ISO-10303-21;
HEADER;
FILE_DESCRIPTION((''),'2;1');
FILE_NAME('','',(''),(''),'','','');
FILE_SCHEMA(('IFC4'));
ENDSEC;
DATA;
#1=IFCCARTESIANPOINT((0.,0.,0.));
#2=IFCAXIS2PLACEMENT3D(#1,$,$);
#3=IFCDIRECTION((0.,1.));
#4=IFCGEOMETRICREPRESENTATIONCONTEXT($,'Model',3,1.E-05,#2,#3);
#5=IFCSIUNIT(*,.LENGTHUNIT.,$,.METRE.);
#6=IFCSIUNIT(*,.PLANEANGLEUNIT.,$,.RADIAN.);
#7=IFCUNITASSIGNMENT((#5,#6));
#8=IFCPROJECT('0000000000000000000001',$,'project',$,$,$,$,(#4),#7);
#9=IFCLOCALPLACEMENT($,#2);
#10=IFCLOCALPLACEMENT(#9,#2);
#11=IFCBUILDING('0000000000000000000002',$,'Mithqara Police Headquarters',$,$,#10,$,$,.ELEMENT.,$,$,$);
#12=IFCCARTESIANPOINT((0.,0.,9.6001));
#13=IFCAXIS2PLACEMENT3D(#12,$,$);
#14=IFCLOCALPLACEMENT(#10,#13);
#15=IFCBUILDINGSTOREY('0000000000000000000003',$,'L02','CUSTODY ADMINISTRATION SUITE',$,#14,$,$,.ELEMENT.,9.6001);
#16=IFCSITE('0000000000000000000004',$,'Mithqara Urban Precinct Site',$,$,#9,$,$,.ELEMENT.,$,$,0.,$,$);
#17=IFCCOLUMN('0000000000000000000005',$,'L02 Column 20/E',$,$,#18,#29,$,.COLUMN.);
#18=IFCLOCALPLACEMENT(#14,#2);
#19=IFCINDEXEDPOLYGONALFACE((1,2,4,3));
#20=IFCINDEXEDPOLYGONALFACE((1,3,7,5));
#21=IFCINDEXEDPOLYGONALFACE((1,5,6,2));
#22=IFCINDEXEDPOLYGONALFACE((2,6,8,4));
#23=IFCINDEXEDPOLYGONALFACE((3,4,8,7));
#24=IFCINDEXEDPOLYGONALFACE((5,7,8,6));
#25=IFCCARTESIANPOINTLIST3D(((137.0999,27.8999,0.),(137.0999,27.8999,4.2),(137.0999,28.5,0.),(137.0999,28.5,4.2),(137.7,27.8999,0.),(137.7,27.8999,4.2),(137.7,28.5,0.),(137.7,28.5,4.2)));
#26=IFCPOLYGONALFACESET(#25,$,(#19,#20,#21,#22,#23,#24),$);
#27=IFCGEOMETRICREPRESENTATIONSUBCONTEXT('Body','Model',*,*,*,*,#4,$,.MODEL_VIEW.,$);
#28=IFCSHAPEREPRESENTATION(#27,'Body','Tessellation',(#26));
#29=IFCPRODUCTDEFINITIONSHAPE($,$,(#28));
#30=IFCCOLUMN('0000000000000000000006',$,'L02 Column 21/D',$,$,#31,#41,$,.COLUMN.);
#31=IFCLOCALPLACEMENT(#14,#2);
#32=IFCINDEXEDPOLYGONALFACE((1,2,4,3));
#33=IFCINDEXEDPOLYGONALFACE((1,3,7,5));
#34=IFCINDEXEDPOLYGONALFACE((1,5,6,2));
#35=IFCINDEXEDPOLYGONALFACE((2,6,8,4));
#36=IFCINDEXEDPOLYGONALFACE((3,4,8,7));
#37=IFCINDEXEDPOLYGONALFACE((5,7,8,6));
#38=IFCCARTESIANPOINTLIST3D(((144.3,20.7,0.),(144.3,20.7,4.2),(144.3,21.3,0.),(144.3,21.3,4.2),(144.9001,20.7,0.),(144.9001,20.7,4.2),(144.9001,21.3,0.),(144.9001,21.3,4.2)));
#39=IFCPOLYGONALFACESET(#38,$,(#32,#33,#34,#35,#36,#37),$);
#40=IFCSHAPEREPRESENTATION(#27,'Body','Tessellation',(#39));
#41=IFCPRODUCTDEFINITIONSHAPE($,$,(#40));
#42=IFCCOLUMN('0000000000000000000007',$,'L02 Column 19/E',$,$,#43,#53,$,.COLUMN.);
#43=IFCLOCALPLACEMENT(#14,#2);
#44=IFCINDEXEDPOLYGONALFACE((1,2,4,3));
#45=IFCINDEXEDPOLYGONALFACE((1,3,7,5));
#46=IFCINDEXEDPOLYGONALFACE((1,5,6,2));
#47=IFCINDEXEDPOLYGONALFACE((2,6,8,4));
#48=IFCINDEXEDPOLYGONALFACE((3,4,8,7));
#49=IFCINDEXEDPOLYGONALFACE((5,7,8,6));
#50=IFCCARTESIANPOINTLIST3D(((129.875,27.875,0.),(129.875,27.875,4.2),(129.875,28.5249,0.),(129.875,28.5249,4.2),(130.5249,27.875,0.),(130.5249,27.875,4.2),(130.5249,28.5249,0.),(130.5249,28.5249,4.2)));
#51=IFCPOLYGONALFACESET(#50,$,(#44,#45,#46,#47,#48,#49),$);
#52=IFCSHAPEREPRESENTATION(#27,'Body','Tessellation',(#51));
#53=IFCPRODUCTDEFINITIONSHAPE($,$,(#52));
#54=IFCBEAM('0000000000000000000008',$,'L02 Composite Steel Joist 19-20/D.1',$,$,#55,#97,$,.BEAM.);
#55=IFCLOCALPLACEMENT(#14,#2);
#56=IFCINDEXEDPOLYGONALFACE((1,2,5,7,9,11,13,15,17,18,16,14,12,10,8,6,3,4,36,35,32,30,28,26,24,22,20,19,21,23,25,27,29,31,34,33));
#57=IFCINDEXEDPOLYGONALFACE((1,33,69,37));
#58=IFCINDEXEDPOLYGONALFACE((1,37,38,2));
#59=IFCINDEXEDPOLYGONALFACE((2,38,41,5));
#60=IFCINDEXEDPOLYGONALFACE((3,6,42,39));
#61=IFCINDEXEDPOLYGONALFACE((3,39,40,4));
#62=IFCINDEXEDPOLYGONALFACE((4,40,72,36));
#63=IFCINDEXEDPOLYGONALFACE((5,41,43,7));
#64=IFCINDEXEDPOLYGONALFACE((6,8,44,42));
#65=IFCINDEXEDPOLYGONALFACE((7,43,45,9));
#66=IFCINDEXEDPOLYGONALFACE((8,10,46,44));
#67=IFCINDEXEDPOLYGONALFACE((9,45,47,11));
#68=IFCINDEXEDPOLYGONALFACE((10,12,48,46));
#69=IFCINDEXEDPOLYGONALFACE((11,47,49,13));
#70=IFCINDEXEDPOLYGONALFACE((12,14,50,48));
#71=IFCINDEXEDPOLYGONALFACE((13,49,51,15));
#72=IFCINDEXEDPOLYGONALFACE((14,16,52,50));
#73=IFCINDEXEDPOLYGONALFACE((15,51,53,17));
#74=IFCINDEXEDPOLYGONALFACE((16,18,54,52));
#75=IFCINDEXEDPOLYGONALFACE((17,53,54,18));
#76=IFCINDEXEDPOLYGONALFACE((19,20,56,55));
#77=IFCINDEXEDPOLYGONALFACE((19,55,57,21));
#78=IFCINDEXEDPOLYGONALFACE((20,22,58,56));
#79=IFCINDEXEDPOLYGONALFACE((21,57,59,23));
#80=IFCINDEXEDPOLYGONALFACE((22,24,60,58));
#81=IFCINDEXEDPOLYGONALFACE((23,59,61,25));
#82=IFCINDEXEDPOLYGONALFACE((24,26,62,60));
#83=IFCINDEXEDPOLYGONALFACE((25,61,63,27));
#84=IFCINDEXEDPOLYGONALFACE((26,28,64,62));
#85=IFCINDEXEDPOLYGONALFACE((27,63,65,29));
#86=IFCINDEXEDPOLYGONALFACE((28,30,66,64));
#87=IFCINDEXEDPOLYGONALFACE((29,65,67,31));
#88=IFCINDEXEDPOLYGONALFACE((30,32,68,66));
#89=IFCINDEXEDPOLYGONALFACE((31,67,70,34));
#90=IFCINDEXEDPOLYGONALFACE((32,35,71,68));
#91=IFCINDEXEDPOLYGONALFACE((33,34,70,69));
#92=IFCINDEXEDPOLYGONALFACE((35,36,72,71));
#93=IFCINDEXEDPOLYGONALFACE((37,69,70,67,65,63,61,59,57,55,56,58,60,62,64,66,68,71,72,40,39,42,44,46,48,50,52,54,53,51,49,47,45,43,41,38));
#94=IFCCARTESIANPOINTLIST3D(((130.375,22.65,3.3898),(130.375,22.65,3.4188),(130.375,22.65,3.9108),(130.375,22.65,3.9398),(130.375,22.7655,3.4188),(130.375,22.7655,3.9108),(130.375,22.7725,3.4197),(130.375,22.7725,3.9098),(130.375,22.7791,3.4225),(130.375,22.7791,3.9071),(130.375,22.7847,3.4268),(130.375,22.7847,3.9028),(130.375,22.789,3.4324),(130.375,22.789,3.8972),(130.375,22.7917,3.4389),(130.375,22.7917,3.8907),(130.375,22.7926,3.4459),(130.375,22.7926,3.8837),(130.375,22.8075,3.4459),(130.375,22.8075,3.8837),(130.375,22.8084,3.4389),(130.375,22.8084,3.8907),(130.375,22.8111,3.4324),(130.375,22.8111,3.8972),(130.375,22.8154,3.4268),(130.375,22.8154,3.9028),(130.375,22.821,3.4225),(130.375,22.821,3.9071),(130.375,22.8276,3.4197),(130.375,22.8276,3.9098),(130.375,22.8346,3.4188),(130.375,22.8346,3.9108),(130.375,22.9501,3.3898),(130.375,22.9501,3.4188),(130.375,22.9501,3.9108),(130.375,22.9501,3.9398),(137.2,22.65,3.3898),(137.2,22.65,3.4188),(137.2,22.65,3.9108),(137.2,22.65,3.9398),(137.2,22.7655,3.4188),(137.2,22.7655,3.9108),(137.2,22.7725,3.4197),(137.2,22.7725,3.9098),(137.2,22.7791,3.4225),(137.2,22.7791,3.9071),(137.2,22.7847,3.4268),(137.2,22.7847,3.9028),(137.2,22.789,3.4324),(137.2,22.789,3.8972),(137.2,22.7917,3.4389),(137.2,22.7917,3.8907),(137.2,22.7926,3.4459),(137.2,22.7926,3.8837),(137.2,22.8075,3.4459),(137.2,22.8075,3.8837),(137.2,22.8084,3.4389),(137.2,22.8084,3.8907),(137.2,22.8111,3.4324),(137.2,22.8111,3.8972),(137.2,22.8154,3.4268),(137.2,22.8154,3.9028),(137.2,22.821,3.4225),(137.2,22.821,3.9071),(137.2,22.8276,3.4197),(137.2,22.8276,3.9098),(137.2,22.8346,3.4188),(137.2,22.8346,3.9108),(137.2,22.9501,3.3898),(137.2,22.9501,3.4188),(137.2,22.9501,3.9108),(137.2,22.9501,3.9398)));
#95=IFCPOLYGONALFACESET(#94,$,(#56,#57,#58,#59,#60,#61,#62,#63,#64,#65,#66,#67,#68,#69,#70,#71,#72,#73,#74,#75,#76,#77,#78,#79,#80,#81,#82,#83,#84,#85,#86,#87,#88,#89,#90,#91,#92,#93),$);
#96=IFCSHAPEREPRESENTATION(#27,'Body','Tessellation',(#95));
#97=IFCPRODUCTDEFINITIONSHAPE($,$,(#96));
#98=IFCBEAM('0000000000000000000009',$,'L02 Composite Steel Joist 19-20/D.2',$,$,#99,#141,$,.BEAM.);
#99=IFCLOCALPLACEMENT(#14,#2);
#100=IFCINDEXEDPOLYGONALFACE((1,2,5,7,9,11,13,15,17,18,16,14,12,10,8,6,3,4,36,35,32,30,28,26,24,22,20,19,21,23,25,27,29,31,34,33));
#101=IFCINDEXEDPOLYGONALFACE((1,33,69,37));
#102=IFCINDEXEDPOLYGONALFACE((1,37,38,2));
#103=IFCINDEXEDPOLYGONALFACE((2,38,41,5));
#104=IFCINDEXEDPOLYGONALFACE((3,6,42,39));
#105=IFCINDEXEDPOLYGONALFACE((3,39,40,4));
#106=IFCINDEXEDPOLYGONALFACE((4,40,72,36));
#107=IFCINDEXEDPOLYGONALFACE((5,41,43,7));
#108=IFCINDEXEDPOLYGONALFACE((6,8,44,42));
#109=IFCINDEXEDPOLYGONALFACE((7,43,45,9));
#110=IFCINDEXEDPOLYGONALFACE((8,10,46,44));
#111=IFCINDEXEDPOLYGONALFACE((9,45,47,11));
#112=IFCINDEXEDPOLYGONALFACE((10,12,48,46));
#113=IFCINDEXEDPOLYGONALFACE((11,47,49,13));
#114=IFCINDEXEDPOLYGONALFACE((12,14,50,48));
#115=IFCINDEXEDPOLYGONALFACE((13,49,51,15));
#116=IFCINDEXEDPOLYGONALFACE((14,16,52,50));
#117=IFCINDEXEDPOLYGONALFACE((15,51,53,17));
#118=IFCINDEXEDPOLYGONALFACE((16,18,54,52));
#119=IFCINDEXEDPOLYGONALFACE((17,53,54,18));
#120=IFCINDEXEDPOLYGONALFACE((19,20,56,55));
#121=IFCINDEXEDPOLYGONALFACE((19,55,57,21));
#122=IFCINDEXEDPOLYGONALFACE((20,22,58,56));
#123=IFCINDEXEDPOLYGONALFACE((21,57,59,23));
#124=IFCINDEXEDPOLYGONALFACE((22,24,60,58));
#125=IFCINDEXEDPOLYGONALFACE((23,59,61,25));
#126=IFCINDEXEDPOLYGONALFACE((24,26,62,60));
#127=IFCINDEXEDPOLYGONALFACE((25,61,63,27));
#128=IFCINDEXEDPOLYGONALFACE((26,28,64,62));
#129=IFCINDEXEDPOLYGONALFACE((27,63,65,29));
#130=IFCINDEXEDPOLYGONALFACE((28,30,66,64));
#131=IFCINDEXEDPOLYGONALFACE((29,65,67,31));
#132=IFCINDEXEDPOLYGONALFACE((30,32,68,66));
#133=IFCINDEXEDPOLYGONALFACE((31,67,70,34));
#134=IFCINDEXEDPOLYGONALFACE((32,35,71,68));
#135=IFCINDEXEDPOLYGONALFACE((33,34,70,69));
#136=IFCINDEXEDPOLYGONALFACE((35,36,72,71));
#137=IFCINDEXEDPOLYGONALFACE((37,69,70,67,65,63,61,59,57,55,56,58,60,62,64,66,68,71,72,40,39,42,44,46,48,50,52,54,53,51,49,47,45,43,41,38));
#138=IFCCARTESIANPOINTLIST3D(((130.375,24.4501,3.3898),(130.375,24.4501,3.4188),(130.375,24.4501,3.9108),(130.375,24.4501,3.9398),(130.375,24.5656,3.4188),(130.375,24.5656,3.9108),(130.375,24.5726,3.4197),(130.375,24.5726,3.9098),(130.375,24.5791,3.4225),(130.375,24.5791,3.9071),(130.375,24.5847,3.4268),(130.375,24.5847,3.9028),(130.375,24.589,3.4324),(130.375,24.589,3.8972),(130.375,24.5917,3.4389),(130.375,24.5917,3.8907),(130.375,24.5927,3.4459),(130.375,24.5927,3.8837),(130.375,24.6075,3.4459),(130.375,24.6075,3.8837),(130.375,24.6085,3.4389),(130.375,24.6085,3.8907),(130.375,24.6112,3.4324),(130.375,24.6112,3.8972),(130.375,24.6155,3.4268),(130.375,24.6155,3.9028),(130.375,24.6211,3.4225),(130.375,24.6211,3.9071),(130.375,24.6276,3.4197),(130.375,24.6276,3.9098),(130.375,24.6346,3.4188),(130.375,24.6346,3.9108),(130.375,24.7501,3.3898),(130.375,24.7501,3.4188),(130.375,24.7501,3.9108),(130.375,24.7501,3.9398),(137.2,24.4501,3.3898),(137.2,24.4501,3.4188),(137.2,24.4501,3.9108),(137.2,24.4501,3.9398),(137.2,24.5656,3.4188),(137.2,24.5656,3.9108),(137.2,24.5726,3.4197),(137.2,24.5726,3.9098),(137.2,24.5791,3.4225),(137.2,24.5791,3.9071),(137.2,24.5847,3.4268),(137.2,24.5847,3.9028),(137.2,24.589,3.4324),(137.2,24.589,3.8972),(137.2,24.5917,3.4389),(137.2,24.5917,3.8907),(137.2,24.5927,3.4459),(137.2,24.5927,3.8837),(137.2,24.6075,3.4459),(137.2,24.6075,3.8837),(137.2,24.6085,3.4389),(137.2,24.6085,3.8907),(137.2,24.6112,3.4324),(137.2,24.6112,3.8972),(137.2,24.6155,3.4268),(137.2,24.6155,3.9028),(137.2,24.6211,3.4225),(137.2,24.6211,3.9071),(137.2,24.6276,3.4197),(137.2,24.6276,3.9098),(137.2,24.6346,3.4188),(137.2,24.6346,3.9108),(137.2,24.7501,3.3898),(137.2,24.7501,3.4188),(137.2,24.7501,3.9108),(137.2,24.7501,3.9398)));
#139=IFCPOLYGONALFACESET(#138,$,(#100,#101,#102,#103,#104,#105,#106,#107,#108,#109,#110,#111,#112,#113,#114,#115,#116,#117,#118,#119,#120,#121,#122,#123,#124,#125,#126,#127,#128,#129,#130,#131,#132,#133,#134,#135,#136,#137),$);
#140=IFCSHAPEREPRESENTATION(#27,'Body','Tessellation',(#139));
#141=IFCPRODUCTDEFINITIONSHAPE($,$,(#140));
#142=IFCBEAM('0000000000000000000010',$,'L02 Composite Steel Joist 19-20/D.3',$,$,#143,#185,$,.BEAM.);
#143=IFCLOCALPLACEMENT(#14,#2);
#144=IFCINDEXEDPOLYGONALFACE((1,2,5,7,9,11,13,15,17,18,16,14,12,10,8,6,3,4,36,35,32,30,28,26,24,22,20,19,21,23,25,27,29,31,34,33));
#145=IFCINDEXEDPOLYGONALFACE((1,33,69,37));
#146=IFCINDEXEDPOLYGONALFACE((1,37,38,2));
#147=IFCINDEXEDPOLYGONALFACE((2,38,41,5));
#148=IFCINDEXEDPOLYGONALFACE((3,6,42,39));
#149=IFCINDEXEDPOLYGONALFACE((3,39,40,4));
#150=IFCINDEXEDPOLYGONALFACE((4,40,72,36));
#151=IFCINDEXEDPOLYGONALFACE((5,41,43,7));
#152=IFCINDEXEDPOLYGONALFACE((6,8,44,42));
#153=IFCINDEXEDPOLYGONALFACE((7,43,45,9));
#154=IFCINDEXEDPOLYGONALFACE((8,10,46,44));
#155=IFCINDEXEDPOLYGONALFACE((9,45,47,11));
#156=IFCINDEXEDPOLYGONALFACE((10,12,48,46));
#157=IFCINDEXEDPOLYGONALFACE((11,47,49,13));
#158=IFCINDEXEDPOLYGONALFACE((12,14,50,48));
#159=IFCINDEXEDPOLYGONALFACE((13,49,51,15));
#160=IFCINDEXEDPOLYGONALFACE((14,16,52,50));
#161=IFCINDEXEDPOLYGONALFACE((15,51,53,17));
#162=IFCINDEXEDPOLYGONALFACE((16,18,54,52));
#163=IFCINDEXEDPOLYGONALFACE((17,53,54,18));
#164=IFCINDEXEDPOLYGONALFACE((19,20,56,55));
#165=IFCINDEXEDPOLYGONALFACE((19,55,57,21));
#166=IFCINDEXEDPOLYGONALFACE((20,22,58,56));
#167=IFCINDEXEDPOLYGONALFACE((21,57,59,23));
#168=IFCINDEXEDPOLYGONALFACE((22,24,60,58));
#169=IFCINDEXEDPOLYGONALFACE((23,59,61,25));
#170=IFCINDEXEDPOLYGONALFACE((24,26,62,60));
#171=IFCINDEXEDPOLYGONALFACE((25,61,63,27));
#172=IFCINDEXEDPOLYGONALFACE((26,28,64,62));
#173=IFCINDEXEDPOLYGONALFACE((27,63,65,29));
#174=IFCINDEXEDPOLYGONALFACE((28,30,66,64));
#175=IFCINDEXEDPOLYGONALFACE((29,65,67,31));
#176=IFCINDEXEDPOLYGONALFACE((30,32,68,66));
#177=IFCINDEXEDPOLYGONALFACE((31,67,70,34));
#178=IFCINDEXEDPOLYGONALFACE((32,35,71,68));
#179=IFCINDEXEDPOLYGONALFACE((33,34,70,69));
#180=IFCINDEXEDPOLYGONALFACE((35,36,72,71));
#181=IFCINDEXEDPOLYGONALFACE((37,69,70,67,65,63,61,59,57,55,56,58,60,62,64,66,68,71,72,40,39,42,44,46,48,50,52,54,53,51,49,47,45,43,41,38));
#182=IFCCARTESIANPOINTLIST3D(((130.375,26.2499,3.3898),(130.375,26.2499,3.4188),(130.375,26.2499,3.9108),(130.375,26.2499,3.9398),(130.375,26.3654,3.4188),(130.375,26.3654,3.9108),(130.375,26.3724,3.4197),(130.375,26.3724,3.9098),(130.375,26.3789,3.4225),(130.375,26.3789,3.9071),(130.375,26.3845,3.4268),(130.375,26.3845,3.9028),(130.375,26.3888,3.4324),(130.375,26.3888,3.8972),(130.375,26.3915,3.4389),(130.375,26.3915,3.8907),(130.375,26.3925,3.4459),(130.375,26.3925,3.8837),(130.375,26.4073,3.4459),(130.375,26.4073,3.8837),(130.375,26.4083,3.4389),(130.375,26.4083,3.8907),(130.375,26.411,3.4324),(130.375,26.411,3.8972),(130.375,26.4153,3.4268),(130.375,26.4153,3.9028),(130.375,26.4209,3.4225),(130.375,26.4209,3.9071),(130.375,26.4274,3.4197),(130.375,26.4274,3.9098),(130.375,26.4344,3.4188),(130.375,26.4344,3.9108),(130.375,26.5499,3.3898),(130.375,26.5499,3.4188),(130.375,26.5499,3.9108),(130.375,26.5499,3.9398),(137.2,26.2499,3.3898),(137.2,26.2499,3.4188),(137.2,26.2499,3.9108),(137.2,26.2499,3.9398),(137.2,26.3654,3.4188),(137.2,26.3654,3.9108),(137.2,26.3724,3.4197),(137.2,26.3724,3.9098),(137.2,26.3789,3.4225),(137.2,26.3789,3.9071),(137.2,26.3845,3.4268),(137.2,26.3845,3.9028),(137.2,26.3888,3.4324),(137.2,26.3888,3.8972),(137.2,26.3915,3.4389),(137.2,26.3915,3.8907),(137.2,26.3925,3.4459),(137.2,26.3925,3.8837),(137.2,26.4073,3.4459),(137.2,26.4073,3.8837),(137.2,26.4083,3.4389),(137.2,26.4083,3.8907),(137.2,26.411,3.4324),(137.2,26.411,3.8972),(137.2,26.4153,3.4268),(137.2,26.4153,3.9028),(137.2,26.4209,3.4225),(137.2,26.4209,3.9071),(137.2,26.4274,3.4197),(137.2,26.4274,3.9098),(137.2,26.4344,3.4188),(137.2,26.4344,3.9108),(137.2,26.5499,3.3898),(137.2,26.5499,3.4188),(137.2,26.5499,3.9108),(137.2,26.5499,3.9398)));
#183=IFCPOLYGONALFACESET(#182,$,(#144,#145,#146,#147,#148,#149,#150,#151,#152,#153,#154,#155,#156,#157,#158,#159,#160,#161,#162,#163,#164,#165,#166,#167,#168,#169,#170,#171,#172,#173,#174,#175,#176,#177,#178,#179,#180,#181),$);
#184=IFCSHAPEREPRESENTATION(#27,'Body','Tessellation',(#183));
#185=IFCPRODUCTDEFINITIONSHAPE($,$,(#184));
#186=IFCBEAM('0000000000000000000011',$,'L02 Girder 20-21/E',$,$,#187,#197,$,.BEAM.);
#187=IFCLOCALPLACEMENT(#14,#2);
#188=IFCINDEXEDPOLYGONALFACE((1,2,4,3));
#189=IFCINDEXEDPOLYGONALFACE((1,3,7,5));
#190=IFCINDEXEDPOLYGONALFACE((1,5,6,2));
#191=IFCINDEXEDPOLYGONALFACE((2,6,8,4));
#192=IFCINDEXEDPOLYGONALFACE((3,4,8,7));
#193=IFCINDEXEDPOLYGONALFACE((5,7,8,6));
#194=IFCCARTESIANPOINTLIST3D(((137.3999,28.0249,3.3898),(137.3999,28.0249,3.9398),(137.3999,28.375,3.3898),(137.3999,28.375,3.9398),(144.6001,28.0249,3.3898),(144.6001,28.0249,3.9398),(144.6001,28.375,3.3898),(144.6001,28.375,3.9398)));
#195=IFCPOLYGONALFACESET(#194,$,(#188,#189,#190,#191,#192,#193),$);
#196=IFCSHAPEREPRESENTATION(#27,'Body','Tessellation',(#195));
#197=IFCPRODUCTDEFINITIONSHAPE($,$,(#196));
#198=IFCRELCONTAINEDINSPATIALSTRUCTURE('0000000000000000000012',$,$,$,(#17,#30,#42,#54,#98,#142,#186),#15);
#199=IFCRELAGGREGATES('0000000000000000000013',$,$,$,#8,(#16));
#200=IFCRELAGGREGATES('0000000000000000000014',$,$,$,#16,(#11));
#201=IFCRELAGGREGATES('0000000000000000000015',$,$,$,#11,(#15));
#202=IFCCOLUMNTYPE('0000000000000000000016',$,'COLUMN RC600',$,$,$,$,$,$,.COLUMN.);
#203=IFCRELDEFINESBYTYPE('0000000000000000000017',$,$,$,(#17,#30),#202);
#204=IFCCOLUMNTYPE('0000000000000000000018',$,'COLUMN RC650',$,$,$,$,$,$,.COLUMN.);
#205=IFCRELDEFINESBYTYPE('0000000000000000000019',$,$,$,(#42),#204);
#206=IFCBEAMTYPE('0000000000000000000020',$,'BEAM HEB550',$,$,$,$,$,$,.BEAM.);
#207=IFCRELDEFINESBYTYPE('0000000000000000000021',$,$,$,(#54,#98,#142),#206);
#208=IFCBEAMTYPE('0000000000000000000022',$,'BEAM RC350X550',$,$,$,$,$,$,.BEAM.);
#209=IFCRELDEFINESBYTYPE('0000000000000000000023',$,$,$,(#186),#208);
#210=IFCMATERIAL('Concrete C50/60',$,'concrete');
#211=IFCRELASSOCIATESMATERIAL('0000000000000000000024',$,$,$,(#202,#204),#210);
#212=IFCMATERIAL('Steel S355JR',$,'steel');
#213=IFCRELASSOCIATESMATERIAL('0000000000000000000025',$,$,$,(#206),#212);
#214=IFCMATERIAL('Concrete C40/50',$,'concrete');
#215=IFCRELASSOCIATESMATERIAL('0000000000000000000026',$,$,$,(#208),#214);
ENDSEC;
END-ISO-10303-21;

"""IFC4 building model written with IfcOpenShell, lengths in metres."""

from ifc_helpers import new_model, si_unit, direction, frame, origin, origin_2d, place, context, subcontext, project, spatial, rectangle, i_section, extrude, material, material_profile, profile_set, type_object, element, save


model = new_model("IFC4")

# Units and contexts
model_context = context("Model", 3, precision=1e-05, world=origin(), true_north=direction((0.0, 1.0)))
body_context = subcontext(model_context, "Body", "Model", "MODEL_VIEW")
ifc_project = project(units=[si_unit("LENGTHUNIT", "METRE"), si_unit("PLANEANGLEUNIT", "RADIAN")], contexts=[model_context])

# Site, building, storey
site_placement = place(None, origin())
site = spatial("IfcSite", under=ifc_project, at=site_placement, Name="Mithqara Urban Precinct Site", CompositionType="ELEMENT", RefElevation=0.0)
building_placement = place(site_placement, origin())
building = spatial("IfcBuilding", under=site, at=building_placement, Name="Mithqara Police Headquarters", CompositionType="ELEMENT")
storey_placement = place(building_placement, frame((0.0, 0.0, 9.6001)))
storey = spatial("IfcBuildingStorey", under=building, at=storey_placement, Name="L02", Description="CUSTODY ADMINISTRATION SUITE", CompositionType="ELEMENT", Elevation=9.6001)

# Columns
ifc_material_1 = material(Name="Concrete C50/60", Category="concrete")
ifc_material_profile_1 = material_profile(ifc_material_1, rectangle(XDim=0.6001, YDim=0.6001, at=origin_2d()), Name="RC 600x600")
ifc_profile_set_1 = profile_set([ifc_material_profile_1], Name="Concrete C50/60")
column_type_1 = type_object("IfcColumnType", Name="COLUMN RC600", PredefinedType="COLUMN", material=ifc_profile_set_1)
for number, where, z_axis, x_axis, name in (
    (1, (137.3999, 28.2, 0.0), (0.0, 0.0, 1.0), (1.0, 0.0, 0.0), "L02 Column 20/E"),
    (2, (144.6001, 21.0, 0.0), (0.0, 0.0, 1.0), (1.0, 0.0, 0.0), "L02 Column 21/D"),
):
    element("IfcColumn", number, at=place(storey_placement, frame(where, z_axis=z_axis, x_axis=x_axis)), inside=storey, type_object=column_type_1, Name=name, PredefinedType="COLUMN", context=body_context, shape_type="SweptSolid", body=[
        extrude(rectangle(XDim=0.6001, YDim=0.6001, at=origin_2d()), origin(), (0.0, 0.0, 1.0), 4.2),
    ])
ifc_material_profile_2 = material_profile(ifc_material_1, rectangle(XDim=0.6499, YDim=0.6499, at=origin_2d()), Name="RC 650x650")
ifc_profile_set_2 = profile_set([ifc_material_profile_2], Name="Concrete C50/60")
column_type_2 = type_object("IfcColumnType", Name="COLUMN RC650", PredefinedType="COLUMN", material=ifc_profile_set_2)
column_placement = place(storey_placement, frame((130.2, 28.2, 0.0), z_axis=(0.0, 0.0, 1.0), x_axis=(1.0, 0.0, 0.0)))
element("IfcColumn", 3, at=column_placement, inside=storey, type_object=column_type_2, Name="L02 Column 19/E", PredefinedType="COLUMN", context=body_context, shape_type="SweptSolid", body=[
    extrude(rectangle(XDim=0.6499, YDim=0.6499, at=origin_2d()), origin(), (0.0, 0.0, 1.0), 4.2),
])

# Beams
ifc_material_2 = material(Name="Steel S355JR", Category="steel")
ifc_material_profile_3 = material_profile(ifc_material_2, i_section(OverallWidth=0.3, OverallDepth=0.55, WebThickness=0.0149, FlangeThickness=0.0291, FilletRadius=0.0271, at=origin_2d()), Name="HEB 550")
ifc_profile_set_3 = profile_set([ifc_material_profile_3], Name="Steel S355JR")
beam_type_1 = type_object("IfcBeamType", Name="BEAM HEB550", PredefinedType="BEAM", material=ifc_profile_set_3)
for number, where, z_axis, x_axis, name in (
    (4, (130.375, 22.8, 3.6648), (1.0, 0.0, 0.0), (0.0, 1.0, 0.0), "L02 Composite Steel Joist 19-20/D.1"),
    (5, (130.375, 24.6001, 3.6648), (1.0, 0.0, 0.0), (0.0, 1.0, 0.0), "L02 Composite Steel Joist 19-20/D.2"),
    (6, (130.375, 26.3999, 3.6648), (1.0, 0.0, 0.0), (0.0, 1.0, 0.0), "L02 Composite Steel Joist 19-20/D.3"),
):
    element("IfcBeam", number, at=place(storey_placement, frame(where, z_axis=z_axis, x_axis=x_axis)), inside=storey, type_object=beam_type_1, Name=name, PredefinedType="BEAM", context=body_context, shape_type="SweptSolid", body=[
        extrude(i_section(OverallWidth=0.3, OverallDepth=0.55, WebThickness=0.0149, FlangeThickness=0.0291, FilletRadius=0.0271, at=origin_2d()), origin(), (0.0, 0.0, 1.0), 6.825),
    ])
ifc_material_3 = material(Name="Concrete C40/50", Category="concrete")
ifc_material_profile_4 = material_profile(ifc_material_3, rectangle(XDim=0.3501, YDim=0.55, at=origin_2d()), Name="RC 350x550")
ifc_profile_set_4 = profile_set([ifc_material_profile_4], Name="Concrete C40/50")
beam_type_2 = type_object("IfcBeamType", Name="BEAM RC350X550", PredefinedType="BEAM", material=ifc_profile_set_4)
beam_1_placement = place(storey_placement, frame((137.3999, 28.2, 3.6648), z_axis=(1.0, 0.0, 0.0), x_axis=(0.0, 1.0, 0.0)))
element("IfcBeam", 7, at=beam_1_placement, inside=storey, type_object=beam_type_2, Name="L02 Girder 20-21/E", PredefinedType="BEAM", context=body_context, shape_type="SweptSolid", body=[
    extrude(rectangle(XDim=0.3501, YDim=0.55, at=origin_2d()), origin(), (0.0, 0.0, 1.0), 7.2002),
])

save(model, "model.ifc")
